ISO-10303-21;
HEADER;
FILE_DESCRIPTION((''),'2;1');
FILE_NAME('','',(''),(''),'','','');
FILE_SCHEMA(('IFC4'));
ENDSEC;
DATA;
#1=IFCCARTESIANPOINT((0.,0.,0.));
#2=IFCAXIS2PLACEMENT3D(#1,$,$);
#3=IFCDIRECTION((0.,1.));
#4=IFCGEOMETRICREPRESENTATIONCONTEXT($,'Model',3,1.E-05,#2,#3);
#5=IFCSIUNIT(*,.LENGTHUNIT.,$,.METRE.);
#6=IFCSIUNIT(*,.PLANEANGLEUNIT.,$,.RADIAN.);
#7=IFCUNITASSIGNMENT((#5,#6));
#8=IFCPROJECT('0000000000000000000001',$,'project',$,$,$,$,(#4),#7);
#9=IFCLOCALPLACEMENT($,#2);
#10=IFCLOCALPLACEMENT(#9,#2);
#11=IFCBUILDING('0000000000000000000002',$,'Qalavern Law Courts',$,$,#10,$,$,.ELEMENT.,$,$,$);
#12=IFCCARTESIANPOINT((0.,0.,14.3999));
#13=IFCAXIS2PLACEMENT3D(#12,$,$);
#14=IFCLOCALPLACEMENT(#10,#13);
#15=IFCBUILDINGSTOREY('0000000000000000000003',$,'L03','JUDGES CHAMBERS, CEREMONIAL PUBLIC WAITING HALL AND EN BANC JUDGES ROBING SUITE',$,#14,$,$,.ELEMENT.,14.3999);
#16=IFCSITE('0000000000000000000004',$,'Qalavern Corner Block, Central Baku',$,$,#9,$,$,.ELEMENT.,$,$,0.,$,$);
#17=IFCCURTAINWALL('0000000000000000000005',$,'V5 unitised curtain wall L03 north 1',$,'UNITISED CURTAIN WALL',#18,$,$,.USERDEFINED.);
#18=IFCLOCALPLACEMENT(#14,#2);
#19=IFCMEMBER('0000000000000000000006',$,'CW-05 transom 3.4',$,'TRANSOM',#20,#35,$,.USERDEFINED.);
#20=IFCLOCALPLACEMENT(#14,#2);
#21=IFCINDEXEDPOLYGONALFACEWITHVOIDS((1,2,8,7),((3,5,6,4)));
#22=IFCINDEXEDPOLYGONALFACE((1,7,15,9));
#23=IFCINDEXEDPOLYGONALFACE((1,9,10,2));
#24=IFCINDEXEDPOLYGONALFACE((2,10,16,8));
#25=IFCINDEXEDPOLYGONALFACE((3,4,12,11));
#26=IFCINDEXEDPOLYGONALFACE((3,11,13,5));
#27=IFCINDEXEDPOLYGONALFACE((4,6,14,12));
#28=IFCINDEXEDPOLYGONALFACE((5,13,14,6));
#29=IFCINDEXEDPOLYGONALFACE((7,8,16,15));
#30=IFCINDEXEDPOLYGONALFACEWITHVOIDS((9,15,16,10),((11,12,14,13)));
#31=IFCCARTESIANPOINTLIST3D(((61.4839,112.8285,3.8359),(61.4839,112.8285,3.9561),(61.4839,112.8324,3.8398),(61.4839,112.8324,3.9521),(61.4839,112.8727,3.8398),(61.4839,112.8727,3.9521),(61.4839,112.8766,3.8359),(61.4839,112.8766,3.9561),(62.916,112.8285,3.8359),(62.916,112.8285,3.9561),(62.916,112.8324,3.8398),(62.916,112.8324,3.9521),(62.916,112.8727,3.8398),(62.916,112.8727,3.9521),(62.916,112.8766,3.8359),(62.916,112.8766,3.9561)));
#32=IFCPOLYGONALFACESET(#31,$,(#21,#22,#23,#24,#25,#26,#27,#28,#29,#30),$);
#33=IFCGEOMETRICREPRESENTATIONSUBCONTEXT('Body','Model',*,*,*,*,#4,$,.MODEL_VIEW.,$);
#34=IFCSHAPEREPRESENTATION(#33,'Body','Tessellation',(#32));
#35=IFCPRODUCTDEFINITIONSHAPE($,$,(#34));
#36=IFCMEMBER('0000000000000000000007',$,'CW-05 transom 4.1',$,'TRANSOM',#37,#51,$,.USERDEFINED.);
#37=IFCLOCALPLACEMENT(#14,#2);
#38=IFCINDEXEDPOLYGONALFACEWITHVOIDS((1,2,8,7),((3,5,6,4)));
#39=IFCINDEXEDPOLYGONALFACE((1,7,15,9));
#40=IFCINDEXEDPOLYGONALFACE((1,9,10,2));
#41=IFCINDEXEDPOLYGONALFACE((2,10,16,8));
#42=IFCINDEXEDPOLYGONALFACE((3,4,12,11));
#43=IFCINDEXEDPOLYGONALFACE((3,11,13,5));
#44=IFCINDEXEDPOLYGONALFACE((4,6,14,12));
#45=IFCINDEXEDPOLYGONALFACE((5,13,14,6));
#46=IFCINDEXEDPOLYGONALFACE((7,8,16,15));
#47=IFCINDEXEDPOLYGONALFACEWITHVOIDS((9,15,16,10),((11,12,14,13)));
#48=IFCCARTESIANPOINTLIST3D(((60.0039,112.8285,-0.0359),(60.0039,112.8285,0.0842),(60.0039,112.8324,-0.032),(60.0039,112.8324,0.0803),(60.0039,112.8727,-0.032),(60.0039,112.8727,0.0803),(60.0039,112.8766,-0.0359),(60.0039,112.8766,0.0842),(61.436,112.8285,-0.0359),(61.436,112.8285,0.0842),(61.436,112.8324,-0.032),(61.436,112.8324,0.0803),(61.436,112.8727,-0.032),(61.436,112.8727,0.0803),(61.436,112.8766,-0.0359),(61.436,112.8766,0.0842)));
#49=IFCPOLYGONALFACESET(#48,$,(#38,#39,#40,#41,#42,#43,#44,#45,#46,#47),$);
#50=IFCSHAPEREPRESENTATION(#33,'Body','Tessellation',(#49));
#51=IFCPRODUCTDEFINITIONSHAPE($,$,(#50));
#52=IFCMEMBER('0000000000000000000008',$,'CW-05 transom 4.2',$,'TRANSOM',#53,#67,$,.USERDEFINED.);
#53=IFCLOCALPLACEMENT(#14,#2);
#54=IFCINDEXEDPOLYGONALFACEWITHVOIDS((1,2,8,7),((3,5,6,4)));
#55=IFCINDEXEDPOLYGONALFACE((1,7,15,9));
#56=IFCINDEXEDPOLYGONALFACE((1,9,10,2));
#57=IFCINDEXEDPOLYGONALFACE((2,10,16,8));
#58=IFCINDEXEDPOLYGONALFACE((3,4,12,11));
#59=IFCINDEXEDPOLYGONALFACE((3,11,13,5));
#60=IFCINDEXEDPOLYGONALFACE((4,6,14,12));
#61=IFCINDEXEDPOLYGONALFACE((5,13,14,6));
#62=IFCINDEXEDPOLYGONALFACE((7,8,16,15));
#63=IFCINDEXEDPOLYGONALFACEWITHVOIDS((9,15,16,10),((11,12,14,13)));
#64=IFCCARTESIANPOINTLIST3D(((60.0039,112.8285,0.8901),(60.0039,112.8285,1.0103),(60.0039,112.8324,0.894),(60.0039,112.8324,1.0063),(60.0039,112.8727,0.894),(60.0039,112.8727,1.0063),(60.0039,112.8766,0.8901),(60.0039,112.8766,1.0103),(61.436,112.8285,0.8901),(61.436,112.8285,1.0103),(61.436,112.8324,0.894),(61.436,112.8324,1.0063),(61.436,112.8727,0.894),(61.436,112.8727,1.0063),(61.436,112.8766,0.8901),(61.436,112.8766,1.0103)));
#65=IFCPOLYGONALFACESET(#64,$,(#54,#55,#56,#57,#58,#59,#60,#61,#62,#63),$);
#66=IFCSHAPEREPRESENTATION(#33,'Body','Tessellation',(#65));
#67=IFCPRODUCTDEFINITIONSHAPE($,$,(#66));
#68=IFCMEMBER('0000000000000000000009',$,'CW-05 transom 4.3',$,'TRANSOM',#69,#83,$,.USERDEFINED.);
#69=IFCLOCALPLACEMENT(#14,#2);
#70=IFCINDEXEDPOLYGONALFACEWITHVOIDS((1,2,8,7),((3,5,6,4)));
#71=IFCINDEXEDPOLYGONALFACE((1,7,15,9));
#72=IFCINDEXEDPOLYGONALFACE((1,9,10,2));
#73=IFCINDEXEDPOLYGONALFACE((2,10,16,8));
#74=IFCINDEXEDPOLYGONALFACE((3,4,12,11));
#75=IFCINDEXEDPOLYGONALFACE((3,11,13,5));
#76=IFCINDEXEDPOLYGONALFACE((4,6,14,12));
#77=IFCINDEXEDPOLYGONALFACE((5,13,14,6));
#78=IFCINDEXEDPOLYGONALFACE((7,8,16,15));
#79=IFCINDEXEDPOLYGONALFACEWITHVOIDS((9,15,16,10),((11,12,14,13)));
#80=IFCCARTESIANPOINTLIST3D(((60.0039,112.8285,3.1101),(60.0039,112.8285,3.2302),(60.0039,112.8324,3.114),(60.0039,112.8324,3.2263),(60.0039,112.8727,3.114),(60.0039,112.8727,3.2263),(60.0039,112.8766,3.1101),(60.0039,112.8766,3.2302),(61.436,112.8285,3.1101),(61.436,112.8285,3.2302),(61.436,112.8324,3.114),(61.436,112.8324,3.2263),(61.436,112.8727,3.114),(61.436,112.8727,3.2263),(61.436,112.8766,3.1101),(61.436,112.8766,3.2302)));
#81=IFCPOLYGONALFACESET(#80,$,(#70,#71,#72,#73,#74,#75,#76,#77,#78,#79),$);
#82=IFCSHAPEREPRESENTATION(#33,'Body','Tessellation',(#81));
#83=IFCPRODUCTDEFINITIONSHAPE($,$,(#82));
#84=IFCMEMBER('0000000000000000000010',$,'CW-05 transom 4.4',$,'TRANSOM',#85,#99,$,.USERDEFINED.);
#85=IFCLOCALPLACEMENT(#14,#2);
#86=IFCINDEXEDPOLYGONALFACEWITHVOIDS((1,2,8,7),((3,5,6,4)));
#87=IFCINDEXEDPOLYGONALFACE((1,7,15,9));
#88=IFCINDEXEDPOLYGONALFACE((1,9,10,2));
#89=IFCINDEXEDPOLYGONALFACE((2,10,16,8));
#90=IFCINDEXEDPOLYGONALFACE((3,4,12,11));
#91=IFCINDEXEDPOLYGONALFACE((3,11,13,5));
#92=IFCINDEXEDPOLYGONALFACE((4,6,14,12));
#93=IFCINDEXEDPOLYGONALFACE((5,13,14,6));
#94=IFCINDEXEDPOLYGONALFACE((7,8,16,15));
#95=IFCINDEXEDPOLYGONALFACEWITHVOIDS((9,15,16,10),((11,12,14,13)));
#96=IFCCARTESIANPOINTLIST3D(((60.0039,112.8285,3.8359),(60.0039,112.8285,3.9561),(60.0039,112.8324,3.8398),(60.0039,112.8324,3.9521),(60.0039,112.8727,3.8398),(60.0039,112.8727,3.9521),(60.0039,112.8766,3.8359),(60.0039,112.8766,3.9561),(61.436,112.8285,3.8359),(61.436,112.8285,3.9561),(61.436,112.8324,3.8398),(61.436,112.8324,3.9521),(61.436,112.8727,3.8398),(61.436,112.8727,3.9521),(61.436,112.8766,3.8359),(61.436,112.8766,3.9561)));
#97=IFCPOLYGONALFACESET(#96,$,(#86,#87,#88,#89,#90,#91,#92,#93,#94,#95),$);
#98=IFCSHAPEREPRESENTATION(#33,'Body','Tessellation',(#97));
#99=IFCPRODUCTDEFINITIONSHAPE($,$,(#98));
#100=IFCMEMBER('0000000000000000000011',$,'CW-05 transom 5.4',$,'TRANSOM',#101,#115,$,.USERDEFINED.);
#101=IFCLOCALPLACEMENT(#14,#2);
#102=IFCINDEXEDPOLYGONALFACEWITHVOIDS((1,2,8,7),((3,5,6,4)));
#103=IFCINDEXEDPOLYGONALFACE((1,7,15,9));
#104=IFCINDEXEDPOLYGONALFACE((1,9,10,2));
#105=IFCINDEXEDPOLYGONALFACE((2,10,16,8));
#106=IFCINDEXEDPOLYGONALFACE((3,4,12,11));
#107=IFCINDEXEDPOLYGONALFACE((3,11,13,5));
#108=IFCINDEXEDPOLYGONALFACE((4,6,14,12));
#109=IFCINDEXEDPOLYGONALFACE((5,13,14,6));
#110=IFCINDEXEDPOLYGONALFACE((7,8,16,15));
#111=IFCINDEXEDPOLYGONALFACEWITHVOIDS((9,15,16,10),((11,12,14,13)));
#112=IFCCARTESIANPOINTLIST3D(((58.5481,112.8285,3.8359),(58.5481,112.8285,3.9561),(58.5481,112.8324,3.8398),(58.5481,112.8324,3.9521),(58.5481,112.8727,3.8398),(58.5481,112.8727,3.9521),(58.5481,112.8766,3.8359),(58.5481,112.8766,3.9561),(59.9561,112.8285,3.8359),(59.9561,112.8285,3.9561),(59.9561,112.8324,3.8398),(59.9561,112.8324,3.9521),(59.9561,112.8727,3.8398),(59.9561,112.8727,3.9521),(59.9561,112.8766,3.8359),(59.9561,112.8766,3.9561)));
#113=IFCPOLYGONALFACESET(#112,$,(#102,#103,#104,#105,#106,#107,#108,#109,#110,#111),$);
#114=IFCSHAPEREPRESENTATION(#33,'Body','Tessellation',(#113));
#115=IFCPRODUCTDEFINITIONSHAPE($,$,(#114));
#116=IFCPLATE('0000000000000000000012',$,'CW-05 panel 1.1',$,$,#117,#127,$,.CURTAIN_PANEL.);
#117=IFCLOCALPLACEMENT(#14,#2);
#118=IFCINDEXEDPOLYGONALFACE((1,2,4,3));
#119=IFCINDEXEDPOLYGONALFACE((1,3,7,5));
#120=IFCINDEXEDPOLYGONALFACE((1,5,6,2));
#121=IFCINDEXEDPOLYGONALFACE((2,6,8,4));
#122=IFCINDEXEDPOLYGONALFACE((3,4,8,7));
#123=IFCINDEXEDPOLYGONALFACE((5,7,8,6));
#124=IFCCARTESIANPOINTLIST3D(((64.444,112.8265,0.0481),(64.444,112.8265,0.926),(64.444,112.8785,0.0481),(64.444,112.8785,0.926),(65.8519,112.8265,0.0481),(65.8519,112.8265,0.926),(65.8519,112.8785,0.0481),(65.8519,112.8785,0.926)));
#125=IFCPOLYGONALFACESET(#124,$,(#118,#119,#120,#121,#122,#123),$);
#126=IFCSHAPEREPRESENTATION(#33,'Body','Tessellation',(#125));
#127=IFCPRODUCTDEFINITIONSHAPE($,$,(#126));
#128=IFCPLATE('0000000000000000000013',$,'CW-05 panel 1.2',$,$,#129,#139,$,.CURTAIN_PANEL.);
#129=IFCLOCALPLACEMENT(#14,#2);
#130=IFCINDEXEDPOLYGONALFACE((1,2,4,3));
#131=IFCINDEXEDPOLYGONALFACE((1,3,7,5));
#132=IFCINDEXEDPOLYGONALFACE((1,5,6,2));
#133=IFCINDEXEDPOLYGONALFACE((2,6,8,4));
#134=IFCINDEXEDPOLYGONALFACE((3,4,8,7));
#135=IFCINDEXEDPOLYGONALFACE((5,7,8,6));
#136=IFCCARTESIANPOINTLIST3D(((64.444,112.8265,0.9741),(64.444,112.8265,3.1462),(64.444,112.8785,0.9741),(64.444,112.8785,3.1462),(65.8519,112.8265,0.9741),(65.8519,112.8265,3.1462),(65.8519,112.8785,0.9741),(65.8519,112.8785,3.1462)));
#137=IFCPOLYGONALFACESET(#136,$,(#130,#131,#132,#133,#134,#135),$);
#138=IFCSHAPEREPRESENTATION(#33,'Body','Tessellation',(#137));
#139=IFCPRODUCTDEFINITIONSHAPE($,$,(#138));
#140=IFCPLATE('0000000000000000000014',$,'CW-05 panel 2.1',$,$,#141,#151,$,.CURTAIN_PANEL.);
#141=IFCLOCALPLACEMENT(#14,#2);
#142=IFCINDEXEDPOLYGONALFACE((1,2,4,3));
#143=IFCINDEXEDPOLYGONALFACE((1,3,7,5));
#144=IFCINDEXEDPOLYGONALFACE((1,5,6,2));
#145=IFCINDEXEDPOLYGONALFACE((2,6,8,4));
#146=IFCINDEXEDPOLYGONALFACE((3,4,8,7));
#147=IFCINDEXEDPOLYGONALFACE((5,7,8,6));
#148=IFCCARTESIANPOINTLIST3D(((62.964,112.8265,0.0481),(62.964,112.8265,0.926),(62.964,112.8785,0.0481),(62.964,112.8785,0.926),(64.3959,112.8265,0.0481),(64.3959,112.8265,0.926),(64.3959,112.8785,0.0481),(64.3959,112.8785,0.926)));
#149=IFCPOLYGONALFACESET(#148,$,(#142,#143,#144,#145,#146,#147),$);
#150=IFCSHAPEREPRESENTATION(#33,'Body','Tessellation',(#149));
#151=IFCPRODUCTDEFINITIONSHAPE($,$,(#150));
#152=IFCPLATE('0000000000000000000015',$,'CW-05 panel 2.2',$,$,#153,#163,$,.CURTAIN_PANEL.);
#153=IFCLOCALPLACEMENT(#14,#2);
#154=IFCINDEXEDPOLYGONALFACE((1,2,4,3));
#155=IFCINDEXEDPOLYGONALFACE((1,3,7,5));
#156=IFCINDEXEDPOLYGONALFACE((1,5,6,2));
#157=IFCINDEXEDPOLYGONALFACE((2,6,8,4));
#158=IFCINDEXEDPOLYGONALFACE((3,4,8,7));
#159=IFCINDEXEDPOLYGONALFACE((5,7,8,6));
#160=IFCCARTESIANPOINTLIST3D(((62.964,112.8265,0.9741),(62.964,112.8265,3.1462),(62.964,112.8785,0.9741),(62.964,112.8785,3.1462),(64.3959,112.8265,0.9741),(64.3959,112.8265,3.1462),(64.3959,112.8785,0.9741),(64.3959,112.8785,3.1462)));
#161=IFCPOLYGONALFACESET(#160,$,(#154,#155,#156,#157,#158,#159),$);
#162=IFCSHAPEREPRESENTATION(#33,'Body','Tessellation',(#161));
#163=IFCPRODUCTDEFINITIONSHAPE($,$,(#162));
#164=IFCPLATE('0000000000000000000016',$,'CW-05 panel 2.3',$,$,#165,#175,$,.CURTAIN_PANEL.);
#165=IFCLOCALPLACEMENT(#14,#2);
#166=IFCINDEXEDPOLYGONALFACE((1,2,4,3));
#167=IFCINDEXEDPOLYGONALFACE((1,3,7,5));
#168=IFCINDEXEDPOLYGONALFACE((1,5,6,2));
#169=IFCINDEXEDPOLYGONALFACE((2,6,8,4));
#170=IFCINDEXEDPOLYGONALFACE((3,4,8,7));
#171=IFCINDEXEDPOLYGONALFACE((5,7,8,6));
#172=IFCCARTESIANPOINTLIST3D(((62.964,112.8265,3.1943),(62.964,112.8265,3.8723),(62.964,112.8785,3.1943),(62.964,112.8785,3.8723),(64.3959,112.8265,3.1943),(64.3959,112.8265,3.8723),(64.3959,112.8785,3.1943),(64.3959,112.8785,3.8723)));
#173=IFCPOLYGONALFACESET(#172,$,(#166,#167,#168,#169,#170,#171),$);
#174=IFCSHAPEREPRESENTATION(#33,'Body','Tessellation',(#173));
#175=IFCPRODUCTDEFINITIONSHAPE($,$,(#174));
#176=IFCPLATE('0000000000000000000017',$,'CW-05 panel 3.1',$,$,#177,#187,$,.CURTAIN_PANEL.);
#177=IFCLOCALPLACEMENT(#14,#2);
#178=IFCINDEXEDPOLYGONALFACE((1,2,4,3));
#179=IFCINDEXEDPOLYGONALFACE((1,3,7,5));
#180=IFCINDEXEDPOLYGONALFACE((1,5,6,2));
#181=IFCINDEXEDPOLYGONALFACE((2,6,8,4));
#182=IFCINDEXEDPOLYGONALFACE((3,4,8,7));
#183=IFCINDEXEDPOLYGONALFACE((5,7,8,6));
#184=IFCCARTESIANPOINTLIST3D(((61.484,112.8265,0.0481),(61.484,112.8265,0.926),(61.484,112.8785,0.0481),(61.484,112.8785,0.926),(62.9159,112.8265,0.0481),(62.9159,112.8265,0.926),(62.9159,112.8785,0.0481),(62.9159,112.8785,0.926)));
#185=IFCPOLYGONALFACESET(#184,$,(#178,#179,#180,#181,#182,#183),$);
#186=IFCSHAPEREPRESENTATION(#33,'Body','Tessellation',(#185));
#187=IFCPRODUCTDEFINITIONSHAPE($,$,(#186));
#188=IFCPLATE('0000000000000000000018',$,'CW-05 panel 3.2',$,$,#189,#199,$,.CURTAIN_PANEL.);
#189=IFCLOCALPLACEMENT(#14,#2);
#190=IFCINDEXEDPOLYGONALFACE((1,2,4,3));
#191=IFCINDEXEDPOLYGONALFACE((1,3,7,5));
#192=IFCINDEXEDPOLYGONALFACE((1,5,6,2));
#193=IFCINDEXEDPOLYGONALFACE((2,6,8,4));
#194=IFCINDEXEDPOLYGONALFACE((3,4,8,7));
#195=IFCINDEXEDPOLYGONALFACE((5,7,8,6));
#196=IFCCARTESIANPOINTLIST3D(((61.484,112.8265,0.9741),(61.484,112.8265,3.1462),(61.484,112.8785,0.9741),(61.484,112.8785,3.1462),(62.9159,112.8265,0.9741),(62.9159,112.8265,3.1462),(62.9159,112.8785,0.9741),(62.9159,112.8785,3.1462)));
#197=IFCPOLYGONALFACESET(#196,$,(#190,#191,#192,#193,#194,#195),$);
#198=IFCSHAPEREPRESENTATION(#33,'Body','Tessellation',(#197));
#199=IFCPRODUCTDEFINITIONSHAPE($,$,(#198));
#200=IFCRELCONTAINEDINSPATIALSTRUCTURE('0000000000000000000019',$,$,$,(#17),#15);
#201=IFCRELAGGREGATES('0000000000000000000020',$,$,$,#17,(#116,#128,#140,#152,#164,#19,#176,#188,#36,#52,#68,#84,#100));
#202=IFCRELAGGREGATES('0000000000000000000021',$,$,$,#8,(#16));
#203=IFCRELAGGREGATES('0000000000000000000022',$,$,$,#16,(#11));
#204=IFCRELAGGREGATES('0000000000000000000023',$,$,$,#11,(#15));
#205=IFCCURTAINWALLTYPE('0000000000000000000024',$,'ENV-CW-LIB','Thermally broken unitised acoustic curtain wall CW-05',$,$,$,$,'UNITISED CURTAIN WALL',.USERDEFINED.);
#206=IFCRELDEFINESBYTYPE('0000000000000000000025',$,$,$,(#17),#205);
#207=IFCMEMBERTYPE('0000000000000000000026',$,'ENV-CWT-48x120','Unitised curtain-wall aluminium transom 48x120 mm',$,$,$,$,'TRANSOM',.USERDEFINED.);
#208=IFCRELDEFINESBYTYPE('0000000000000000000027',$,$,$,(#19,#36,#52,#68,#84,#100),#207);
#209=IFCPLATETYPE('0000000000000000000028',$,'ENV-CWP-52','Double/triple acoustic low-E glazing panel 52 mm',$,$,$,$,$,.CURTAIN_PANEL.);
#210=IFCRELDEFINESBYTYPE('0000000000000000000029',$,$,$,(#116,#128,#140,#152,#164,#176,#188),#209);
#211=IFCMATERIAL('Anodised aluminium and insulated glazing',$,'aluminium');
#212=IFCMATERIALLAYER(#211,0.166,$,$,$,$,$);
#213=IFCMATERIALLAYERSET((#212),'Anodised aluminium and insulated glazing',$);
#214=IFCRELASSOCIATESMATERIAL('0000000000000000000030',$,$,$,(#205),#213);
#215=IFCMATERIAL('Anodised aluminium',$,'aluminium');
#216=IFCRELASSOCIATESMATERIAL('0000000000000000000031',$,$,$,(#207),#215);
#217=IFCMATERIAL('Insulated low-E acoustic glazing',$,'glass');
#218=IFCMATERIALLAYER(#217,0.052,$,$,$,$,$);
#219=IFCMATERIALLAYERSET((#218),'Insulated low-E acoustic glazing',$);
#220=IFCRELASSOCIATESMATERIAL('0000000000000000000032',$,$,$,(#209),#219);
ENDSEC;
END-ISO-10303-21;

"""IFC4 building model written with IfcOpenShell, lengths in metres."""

from ifc_helpers import new_model, si_unit, direction, frame, origin, origin_2d, place, context, subcontext, project, spatial, rectangle, hollow_rectangle, extrude, material, layer, layer_set, material_profile, profile_set, type_object, element, aggregate, save


model = new_model("IFC4")

# Units and contexts
model_context = context("Model", 3, precision=1e-05, world=origin(), true_north=direction((0.0, 1.0)))
body_context = subcontext(model_context, "Body", "Model", "MODEL_VIEW")
ifc_project = project(units=[si_unit("LENGTHUNIT", "METRE"), si_unit("PLANEANGLEUNIT", "RADIAN")], contexts=[model_context])

# Site, building, storey
site_placement = place(None, origin())
site = spatial("IfcSite", under=ifc_project, at=site_placement, Name="Qalavern Corner Block, Central Baku", CompositionType="ELEMENT", RefElevation=0.0)
building_placement = place(site_placement, origin())
building = spatial("IfcBuilding", under=site, at=building_placement, Name="Qalavern Law Courts", CompositionType="ELEMENT")
storey_placement = place(building_placement, frame((0.0, 0.0, 14.3999)))
storey = spatial("IfcBuildingStorey", under=building, at=storey_placement, Name="L03", Description="JUDGES CHAMBERS, CEREMONIAL PUBLIC WAITING HALL AND EN BANC JUDGES ROBING SUITE", CompositionType="ELEMENT", Elevation=14.3999)

# Curtain wall, members, plates
ifc_material_1 = material(Name="Anodised aluminium and insulated glazing", Category="aluminium")
ifc_layer_1 = layer(ifc_material_1, 0.166)
ifc_layer_set_1 = layer_set([ifc_layer_1], Name="Anodised aluminium and insulated glazing")
curtain_wall_type = type_object("IfcCurtainWallType", Name="ENV-CW-LIB", Description="Thermally broken unitised acoustic curtain wall CW-05", ElementType="UNITISED CURTAIN WALL", PredefinedType="USERDEFINED", material=ifc_layer_set_1)
curtain_wall_placement = place(storey_placement, origin())
curtain_wall = element("IfcCurtainWall", 1, at=curtain_wall_placement, inside=storey, type_object=curtain_wall_type, Name="V5 unitised curtain wall L03 north 1", ObjectType="UNITISED CURTAIN WALL", PredefinedType="USERDEFINED")
ifc_material_2 = material(Name="Anodised aluminium", Category="aluminium")
ifc_material_profile_1 = material_profile(ifc_material_2, hollow_rectangle(XDim=0.0481, YDim=0.1201, WallThickness=0.0039, at=origin_2d()), Name="ALU TRANSOM 48x120")
ifc_profile_set_1 = profile_set([ifc_material_profile_1], Name="Anodised aluminium")
member_type_1 = type_object("IfcMemberType", Name="ENV-CWT-48x120", Description="Unitised curtain-wall aluminium transom 48x120 mm", ElementType="TRANSOM", PredefinedType="USERDEFINED", material=ifc_profile_set_1)
member_1_placement = place(storey_placement, frame((62.916, 112.8525, 3.896), z_axis=(-1.0, 0.0, 0.0), x_axis=(0.0, -1.0, 0.0)))
member_1 = element("IfcMember", 2, at=member_1_placement, type_object=member_type_1, Name="CW-05 transom 3.4", ObjectType="TRANSOM", PredefinedType="USERDEFINED", context=body_context, shape_type="SweptSolid", body=[
    extrude(hollow_rectangle(XDim=0.0481, YDim=0.1201, WallThickness=0.0039, at=origin_2d()), origin(), (0.0, 0.0, 1.0), 1.4321),
])
member_2_placement = place(storey_placement, frame((61.436, 112.8525, 0.0242), z_axis=(-1.0, 0.0, 0.0), x_axis=(0.0, -1.0, 0.0)))
member_2 = element("IfcMember", 3, at=member_2_placement, type_object=member_type_1, Name="CW-05 transom 4.1", ObjectType="TRANSOM", PredefinedType="USERDEFINED", context=body_context, shape_type="SweptSolid", body=[
    extrude(hollow_rectangle(XDim=0.0481, YDim=0.1201, WallThickness=0.0039, at=origin_2d()), origin(), (0.0, 0.0, 1.0), 1.4321),
])
member_3_placement = place(storey_placement, frame((61.436, 112.8525, 0.9502), z_axis=(-1.0, 0.0, 0.0), x_axis=(0.0, -1.0, 0.0)))
member_3 = element("IfcMember", 4, at=member_3_placement, type_object=member_type_1, Name="CW-05 transom 4.2", ObjectType="TRANSOM", PredefinedType="USERDEFINED", context=body_context, shape_type="SweptSolid", body=[
    extrude(hollow_rectangle(XDim=0.0481, YDim=0.1201, WallThickness=0.0039, at=origin_2d()), origin(), (0.0, 0.0, 1.0), 1.4321),
])
member_4_placement = place(storey_placement, frame((61.436, 112.8525, 3.1702), z_axis=(-1.0, 0.0, 0.0), x_axis=(0.0, -1.0, 0.0)))
member_4 = element("IfcMember", 5, at=member_4_placement, type_object=member_type_1, Name="CW-05 transom 4.3", ObjectType="TRANSOM", PredefinedType="USERDEFINED", context=body_context, shape_type="SweptSolid", body=[
    extrude(hollow_rectangle(XDim=0.0481, YDim=0.1201, WallThickness=0.0039, at=origin_2d()), origin(), (0.0, 0.0, 1.0), 1.4321),
])
member_5_placement = place(storey_placement, frame((61.436, 112.8525, 3.896), z_axis=(-1.0, 0.0, 0.0), x_axis=(0.0, -1.0, 0.0)))
member_5 = element("IfcMember", 6, at=member_5_placement, type_object=member_type_1, Name="CW-05 transom 4.4", ObjectType="TRANSOM", PredefinedType="USERDEFINED", context=body_context, shape_type="SweptSolid", body=[
    extrude(hollow_rectangle(XDim=0.0481, YDim=0.1201, WallThickness=0.0039, at=origin_2d()), origin(), (0.0, 0.0, 1.0), 1.4321),
])
member_6_placement = place(storey_placement, frame((59.9561, 112.8525, 3.896), z_axis=(-1.0, 0.0, 0.0), x_axis=(0.0, -1.0, 0.0)))
member_6 = element("IfcMember", 7, at=member_6_placement, type_object=member_type_1, Name="CW-05 transom 5.4", ObjectType="TRANSOM", PredefinedType="USERDEFINED", context=body_context, shape_type="SweptSolid", body=[
    extrude(hollow_rectangle(XDim=0.0481, YDim=0.1201, WallThickness=0.0039, at=origin_2d()), origin(), (0.0, 0.0, 1.0), 1.408),
])
ifc_material_3 = material(Name="Insulated low-E acoustic glazing", Category="glass")
ifc_layer_2 = layer(ifc_material_3, 0.052)
ifc_layer_set_2 = layer_set([ifc_layer_2], Name="Insulated low-E acoustic glazing")
plate_type = type_object("IfcPlateType", Name="ENV-CWP-52", Description="Double/triple acoustic low-E glazing panel 52 mm", PredefinedType="CURTAIN_PANEL", material=ifc_layer_set_2)
plate_1_placement = place(storey_placement, frame((65.1479, 112.8525, 0.0481), z_axis=(0.0, 0.0, 1.0), x_axis=(-1.0, 0.0, 0.0)))
plate_1 = element("IfcPlate", 8, at=plate_1_placement, type_object=plate_type, Name="CW-05 panel 1.1", PredefinedType="CURTAIN_PANEL", context=body_context, shape_type="SweptSolid", body=[
    extrude(rectangle(XDim=1.408, YDim=0.052, at=origin_2d()), origin(), (0.0, 0.0, 1.0), 0.8779),
])
plate_2_placement = place(storey_placement, frame((65.1479, 112.8525, 0.9741), z_axis=(0.0, 0.0, 1.0), x_axis=(-1.0, 0.0, 0.0)))
plate_2 = element("IfcPlate", 9, at=plate_2_placement, type_object=plate_type, Name="CW-05 panel 1.2", PredefinedType="CURTAIN_PANEL", context=body_context, shape_type="SweptSolid", body=[
    extrude(rectangle(XDim=1.408, YDim=0.052, at=origin_2d()), origin(), (0.0, 0.0, 1.0), 2.1721),
])
plate_3_placement = place(storey_placement, frame((63.6799, 112.8525, 0.0481), z_axis=(0.0, 0.0, 1.0), x_axis=(-1.0, 0.0, 0.0)))
plate_3 = element("IfcPlate", 10, at=plate_3_placement, type_object=plate_type, Name="CW-05 panel 2.1", PredefinedType="CURTAIN_PANEL", context=body_context, shape_type="SweptSolid", body=[
    extrude(rectangle(XDim=1.4319, YDim=0.052, at=origin_2d()), origin(), (0.0, 0.0, 1.0), 0.8779),
])
plate_4_placement = place(storey_placement, frame((63.6799, 112.8525, 0.9741), z_axis=(0.0, 0.0, 1.0), x_axis=(-1.0, 0.0, 0.0)))
plate_4 = element("IfcPlate", 11, at=plate_4_placement, type_object=plate_type, Name="CW-05 panel 2.2", PredefinedType="CURTAIN_PANEL", context=body_context, shape_type="SweptSolid", body=[
    extrude(rectangle(XDim=1.4319, YDim=0.052, at=origin_2d()), origin(), (0.0, 0.0, 1.0), 2.1721),
])
plate_5_placement = place(storey_placement, frame((63.6799, 112.8525, 3.1943), z_axis=(0.0, 0.0, 1.0), x_axis=(-1.0, 0.0, 0.0)))
plate_5 = element("IfcPlate", 12, at=plate_5_placement, type_object=plate_type, Name="CW-05 panel 2.3", PredefinedType="CURTAIN_PANEL", context=body_context, shape_type="SweptSolid", body=[
    extrude(rectangle(XDim=1.4319, YDim=0.052, at=origin_2d()), origin(), (0.0, 0.0, 1.0), 0.678),
])
plate_6_placement = place(storey_placement, frame((62.2, 112.8525, 0.0481), z_axis=(0.0, 0.0, 1.0), x_axis=(-1.0, 0.0, 0.0)))
plate_6 = element("IfcPlate", 13, at=plate_6_placement, type_object=plate_type, Name="CW-05 panel 3.1", PredefinedType="CURTAIN_PANEL", context=body_context, shape_type="SweptSolid", body=[
    extrude(rectangle(XDim=1.4319, YDim=0.052, at=origin_2d()), origin(), (0.0, 0.0, 1.0), 0.8779),
])
plate_7_placement = place(storey_placement, frame((62.2, 112.8525, 0.9741), z_axis=(0.0, 0.0, 1.0), x_axis=(-1.0, 0.0, 0.0)))
plate_7 = element("IfcPlate", 14, at=plate_7_placement, type_object=plate_type, Name="CW-05 panel 3.2", PredefinedType="CURTAIN_PANEL", context=body_context, shape_type="SweptSolid", body=[
    extrude(rectangle(XDim=1.4319, YDim=0.052, at=origin_2d()), origin(), (0.0, 0.0, 1.0), 2.1721),
])
aggregate(curtain_wall, [plate_1, plate_2, plate_3, plate_4, plate_5, member_1, plate_6, plate_7, member_2, member_3, member_4, member_5, member_6])

save(model, "model.ifc")
